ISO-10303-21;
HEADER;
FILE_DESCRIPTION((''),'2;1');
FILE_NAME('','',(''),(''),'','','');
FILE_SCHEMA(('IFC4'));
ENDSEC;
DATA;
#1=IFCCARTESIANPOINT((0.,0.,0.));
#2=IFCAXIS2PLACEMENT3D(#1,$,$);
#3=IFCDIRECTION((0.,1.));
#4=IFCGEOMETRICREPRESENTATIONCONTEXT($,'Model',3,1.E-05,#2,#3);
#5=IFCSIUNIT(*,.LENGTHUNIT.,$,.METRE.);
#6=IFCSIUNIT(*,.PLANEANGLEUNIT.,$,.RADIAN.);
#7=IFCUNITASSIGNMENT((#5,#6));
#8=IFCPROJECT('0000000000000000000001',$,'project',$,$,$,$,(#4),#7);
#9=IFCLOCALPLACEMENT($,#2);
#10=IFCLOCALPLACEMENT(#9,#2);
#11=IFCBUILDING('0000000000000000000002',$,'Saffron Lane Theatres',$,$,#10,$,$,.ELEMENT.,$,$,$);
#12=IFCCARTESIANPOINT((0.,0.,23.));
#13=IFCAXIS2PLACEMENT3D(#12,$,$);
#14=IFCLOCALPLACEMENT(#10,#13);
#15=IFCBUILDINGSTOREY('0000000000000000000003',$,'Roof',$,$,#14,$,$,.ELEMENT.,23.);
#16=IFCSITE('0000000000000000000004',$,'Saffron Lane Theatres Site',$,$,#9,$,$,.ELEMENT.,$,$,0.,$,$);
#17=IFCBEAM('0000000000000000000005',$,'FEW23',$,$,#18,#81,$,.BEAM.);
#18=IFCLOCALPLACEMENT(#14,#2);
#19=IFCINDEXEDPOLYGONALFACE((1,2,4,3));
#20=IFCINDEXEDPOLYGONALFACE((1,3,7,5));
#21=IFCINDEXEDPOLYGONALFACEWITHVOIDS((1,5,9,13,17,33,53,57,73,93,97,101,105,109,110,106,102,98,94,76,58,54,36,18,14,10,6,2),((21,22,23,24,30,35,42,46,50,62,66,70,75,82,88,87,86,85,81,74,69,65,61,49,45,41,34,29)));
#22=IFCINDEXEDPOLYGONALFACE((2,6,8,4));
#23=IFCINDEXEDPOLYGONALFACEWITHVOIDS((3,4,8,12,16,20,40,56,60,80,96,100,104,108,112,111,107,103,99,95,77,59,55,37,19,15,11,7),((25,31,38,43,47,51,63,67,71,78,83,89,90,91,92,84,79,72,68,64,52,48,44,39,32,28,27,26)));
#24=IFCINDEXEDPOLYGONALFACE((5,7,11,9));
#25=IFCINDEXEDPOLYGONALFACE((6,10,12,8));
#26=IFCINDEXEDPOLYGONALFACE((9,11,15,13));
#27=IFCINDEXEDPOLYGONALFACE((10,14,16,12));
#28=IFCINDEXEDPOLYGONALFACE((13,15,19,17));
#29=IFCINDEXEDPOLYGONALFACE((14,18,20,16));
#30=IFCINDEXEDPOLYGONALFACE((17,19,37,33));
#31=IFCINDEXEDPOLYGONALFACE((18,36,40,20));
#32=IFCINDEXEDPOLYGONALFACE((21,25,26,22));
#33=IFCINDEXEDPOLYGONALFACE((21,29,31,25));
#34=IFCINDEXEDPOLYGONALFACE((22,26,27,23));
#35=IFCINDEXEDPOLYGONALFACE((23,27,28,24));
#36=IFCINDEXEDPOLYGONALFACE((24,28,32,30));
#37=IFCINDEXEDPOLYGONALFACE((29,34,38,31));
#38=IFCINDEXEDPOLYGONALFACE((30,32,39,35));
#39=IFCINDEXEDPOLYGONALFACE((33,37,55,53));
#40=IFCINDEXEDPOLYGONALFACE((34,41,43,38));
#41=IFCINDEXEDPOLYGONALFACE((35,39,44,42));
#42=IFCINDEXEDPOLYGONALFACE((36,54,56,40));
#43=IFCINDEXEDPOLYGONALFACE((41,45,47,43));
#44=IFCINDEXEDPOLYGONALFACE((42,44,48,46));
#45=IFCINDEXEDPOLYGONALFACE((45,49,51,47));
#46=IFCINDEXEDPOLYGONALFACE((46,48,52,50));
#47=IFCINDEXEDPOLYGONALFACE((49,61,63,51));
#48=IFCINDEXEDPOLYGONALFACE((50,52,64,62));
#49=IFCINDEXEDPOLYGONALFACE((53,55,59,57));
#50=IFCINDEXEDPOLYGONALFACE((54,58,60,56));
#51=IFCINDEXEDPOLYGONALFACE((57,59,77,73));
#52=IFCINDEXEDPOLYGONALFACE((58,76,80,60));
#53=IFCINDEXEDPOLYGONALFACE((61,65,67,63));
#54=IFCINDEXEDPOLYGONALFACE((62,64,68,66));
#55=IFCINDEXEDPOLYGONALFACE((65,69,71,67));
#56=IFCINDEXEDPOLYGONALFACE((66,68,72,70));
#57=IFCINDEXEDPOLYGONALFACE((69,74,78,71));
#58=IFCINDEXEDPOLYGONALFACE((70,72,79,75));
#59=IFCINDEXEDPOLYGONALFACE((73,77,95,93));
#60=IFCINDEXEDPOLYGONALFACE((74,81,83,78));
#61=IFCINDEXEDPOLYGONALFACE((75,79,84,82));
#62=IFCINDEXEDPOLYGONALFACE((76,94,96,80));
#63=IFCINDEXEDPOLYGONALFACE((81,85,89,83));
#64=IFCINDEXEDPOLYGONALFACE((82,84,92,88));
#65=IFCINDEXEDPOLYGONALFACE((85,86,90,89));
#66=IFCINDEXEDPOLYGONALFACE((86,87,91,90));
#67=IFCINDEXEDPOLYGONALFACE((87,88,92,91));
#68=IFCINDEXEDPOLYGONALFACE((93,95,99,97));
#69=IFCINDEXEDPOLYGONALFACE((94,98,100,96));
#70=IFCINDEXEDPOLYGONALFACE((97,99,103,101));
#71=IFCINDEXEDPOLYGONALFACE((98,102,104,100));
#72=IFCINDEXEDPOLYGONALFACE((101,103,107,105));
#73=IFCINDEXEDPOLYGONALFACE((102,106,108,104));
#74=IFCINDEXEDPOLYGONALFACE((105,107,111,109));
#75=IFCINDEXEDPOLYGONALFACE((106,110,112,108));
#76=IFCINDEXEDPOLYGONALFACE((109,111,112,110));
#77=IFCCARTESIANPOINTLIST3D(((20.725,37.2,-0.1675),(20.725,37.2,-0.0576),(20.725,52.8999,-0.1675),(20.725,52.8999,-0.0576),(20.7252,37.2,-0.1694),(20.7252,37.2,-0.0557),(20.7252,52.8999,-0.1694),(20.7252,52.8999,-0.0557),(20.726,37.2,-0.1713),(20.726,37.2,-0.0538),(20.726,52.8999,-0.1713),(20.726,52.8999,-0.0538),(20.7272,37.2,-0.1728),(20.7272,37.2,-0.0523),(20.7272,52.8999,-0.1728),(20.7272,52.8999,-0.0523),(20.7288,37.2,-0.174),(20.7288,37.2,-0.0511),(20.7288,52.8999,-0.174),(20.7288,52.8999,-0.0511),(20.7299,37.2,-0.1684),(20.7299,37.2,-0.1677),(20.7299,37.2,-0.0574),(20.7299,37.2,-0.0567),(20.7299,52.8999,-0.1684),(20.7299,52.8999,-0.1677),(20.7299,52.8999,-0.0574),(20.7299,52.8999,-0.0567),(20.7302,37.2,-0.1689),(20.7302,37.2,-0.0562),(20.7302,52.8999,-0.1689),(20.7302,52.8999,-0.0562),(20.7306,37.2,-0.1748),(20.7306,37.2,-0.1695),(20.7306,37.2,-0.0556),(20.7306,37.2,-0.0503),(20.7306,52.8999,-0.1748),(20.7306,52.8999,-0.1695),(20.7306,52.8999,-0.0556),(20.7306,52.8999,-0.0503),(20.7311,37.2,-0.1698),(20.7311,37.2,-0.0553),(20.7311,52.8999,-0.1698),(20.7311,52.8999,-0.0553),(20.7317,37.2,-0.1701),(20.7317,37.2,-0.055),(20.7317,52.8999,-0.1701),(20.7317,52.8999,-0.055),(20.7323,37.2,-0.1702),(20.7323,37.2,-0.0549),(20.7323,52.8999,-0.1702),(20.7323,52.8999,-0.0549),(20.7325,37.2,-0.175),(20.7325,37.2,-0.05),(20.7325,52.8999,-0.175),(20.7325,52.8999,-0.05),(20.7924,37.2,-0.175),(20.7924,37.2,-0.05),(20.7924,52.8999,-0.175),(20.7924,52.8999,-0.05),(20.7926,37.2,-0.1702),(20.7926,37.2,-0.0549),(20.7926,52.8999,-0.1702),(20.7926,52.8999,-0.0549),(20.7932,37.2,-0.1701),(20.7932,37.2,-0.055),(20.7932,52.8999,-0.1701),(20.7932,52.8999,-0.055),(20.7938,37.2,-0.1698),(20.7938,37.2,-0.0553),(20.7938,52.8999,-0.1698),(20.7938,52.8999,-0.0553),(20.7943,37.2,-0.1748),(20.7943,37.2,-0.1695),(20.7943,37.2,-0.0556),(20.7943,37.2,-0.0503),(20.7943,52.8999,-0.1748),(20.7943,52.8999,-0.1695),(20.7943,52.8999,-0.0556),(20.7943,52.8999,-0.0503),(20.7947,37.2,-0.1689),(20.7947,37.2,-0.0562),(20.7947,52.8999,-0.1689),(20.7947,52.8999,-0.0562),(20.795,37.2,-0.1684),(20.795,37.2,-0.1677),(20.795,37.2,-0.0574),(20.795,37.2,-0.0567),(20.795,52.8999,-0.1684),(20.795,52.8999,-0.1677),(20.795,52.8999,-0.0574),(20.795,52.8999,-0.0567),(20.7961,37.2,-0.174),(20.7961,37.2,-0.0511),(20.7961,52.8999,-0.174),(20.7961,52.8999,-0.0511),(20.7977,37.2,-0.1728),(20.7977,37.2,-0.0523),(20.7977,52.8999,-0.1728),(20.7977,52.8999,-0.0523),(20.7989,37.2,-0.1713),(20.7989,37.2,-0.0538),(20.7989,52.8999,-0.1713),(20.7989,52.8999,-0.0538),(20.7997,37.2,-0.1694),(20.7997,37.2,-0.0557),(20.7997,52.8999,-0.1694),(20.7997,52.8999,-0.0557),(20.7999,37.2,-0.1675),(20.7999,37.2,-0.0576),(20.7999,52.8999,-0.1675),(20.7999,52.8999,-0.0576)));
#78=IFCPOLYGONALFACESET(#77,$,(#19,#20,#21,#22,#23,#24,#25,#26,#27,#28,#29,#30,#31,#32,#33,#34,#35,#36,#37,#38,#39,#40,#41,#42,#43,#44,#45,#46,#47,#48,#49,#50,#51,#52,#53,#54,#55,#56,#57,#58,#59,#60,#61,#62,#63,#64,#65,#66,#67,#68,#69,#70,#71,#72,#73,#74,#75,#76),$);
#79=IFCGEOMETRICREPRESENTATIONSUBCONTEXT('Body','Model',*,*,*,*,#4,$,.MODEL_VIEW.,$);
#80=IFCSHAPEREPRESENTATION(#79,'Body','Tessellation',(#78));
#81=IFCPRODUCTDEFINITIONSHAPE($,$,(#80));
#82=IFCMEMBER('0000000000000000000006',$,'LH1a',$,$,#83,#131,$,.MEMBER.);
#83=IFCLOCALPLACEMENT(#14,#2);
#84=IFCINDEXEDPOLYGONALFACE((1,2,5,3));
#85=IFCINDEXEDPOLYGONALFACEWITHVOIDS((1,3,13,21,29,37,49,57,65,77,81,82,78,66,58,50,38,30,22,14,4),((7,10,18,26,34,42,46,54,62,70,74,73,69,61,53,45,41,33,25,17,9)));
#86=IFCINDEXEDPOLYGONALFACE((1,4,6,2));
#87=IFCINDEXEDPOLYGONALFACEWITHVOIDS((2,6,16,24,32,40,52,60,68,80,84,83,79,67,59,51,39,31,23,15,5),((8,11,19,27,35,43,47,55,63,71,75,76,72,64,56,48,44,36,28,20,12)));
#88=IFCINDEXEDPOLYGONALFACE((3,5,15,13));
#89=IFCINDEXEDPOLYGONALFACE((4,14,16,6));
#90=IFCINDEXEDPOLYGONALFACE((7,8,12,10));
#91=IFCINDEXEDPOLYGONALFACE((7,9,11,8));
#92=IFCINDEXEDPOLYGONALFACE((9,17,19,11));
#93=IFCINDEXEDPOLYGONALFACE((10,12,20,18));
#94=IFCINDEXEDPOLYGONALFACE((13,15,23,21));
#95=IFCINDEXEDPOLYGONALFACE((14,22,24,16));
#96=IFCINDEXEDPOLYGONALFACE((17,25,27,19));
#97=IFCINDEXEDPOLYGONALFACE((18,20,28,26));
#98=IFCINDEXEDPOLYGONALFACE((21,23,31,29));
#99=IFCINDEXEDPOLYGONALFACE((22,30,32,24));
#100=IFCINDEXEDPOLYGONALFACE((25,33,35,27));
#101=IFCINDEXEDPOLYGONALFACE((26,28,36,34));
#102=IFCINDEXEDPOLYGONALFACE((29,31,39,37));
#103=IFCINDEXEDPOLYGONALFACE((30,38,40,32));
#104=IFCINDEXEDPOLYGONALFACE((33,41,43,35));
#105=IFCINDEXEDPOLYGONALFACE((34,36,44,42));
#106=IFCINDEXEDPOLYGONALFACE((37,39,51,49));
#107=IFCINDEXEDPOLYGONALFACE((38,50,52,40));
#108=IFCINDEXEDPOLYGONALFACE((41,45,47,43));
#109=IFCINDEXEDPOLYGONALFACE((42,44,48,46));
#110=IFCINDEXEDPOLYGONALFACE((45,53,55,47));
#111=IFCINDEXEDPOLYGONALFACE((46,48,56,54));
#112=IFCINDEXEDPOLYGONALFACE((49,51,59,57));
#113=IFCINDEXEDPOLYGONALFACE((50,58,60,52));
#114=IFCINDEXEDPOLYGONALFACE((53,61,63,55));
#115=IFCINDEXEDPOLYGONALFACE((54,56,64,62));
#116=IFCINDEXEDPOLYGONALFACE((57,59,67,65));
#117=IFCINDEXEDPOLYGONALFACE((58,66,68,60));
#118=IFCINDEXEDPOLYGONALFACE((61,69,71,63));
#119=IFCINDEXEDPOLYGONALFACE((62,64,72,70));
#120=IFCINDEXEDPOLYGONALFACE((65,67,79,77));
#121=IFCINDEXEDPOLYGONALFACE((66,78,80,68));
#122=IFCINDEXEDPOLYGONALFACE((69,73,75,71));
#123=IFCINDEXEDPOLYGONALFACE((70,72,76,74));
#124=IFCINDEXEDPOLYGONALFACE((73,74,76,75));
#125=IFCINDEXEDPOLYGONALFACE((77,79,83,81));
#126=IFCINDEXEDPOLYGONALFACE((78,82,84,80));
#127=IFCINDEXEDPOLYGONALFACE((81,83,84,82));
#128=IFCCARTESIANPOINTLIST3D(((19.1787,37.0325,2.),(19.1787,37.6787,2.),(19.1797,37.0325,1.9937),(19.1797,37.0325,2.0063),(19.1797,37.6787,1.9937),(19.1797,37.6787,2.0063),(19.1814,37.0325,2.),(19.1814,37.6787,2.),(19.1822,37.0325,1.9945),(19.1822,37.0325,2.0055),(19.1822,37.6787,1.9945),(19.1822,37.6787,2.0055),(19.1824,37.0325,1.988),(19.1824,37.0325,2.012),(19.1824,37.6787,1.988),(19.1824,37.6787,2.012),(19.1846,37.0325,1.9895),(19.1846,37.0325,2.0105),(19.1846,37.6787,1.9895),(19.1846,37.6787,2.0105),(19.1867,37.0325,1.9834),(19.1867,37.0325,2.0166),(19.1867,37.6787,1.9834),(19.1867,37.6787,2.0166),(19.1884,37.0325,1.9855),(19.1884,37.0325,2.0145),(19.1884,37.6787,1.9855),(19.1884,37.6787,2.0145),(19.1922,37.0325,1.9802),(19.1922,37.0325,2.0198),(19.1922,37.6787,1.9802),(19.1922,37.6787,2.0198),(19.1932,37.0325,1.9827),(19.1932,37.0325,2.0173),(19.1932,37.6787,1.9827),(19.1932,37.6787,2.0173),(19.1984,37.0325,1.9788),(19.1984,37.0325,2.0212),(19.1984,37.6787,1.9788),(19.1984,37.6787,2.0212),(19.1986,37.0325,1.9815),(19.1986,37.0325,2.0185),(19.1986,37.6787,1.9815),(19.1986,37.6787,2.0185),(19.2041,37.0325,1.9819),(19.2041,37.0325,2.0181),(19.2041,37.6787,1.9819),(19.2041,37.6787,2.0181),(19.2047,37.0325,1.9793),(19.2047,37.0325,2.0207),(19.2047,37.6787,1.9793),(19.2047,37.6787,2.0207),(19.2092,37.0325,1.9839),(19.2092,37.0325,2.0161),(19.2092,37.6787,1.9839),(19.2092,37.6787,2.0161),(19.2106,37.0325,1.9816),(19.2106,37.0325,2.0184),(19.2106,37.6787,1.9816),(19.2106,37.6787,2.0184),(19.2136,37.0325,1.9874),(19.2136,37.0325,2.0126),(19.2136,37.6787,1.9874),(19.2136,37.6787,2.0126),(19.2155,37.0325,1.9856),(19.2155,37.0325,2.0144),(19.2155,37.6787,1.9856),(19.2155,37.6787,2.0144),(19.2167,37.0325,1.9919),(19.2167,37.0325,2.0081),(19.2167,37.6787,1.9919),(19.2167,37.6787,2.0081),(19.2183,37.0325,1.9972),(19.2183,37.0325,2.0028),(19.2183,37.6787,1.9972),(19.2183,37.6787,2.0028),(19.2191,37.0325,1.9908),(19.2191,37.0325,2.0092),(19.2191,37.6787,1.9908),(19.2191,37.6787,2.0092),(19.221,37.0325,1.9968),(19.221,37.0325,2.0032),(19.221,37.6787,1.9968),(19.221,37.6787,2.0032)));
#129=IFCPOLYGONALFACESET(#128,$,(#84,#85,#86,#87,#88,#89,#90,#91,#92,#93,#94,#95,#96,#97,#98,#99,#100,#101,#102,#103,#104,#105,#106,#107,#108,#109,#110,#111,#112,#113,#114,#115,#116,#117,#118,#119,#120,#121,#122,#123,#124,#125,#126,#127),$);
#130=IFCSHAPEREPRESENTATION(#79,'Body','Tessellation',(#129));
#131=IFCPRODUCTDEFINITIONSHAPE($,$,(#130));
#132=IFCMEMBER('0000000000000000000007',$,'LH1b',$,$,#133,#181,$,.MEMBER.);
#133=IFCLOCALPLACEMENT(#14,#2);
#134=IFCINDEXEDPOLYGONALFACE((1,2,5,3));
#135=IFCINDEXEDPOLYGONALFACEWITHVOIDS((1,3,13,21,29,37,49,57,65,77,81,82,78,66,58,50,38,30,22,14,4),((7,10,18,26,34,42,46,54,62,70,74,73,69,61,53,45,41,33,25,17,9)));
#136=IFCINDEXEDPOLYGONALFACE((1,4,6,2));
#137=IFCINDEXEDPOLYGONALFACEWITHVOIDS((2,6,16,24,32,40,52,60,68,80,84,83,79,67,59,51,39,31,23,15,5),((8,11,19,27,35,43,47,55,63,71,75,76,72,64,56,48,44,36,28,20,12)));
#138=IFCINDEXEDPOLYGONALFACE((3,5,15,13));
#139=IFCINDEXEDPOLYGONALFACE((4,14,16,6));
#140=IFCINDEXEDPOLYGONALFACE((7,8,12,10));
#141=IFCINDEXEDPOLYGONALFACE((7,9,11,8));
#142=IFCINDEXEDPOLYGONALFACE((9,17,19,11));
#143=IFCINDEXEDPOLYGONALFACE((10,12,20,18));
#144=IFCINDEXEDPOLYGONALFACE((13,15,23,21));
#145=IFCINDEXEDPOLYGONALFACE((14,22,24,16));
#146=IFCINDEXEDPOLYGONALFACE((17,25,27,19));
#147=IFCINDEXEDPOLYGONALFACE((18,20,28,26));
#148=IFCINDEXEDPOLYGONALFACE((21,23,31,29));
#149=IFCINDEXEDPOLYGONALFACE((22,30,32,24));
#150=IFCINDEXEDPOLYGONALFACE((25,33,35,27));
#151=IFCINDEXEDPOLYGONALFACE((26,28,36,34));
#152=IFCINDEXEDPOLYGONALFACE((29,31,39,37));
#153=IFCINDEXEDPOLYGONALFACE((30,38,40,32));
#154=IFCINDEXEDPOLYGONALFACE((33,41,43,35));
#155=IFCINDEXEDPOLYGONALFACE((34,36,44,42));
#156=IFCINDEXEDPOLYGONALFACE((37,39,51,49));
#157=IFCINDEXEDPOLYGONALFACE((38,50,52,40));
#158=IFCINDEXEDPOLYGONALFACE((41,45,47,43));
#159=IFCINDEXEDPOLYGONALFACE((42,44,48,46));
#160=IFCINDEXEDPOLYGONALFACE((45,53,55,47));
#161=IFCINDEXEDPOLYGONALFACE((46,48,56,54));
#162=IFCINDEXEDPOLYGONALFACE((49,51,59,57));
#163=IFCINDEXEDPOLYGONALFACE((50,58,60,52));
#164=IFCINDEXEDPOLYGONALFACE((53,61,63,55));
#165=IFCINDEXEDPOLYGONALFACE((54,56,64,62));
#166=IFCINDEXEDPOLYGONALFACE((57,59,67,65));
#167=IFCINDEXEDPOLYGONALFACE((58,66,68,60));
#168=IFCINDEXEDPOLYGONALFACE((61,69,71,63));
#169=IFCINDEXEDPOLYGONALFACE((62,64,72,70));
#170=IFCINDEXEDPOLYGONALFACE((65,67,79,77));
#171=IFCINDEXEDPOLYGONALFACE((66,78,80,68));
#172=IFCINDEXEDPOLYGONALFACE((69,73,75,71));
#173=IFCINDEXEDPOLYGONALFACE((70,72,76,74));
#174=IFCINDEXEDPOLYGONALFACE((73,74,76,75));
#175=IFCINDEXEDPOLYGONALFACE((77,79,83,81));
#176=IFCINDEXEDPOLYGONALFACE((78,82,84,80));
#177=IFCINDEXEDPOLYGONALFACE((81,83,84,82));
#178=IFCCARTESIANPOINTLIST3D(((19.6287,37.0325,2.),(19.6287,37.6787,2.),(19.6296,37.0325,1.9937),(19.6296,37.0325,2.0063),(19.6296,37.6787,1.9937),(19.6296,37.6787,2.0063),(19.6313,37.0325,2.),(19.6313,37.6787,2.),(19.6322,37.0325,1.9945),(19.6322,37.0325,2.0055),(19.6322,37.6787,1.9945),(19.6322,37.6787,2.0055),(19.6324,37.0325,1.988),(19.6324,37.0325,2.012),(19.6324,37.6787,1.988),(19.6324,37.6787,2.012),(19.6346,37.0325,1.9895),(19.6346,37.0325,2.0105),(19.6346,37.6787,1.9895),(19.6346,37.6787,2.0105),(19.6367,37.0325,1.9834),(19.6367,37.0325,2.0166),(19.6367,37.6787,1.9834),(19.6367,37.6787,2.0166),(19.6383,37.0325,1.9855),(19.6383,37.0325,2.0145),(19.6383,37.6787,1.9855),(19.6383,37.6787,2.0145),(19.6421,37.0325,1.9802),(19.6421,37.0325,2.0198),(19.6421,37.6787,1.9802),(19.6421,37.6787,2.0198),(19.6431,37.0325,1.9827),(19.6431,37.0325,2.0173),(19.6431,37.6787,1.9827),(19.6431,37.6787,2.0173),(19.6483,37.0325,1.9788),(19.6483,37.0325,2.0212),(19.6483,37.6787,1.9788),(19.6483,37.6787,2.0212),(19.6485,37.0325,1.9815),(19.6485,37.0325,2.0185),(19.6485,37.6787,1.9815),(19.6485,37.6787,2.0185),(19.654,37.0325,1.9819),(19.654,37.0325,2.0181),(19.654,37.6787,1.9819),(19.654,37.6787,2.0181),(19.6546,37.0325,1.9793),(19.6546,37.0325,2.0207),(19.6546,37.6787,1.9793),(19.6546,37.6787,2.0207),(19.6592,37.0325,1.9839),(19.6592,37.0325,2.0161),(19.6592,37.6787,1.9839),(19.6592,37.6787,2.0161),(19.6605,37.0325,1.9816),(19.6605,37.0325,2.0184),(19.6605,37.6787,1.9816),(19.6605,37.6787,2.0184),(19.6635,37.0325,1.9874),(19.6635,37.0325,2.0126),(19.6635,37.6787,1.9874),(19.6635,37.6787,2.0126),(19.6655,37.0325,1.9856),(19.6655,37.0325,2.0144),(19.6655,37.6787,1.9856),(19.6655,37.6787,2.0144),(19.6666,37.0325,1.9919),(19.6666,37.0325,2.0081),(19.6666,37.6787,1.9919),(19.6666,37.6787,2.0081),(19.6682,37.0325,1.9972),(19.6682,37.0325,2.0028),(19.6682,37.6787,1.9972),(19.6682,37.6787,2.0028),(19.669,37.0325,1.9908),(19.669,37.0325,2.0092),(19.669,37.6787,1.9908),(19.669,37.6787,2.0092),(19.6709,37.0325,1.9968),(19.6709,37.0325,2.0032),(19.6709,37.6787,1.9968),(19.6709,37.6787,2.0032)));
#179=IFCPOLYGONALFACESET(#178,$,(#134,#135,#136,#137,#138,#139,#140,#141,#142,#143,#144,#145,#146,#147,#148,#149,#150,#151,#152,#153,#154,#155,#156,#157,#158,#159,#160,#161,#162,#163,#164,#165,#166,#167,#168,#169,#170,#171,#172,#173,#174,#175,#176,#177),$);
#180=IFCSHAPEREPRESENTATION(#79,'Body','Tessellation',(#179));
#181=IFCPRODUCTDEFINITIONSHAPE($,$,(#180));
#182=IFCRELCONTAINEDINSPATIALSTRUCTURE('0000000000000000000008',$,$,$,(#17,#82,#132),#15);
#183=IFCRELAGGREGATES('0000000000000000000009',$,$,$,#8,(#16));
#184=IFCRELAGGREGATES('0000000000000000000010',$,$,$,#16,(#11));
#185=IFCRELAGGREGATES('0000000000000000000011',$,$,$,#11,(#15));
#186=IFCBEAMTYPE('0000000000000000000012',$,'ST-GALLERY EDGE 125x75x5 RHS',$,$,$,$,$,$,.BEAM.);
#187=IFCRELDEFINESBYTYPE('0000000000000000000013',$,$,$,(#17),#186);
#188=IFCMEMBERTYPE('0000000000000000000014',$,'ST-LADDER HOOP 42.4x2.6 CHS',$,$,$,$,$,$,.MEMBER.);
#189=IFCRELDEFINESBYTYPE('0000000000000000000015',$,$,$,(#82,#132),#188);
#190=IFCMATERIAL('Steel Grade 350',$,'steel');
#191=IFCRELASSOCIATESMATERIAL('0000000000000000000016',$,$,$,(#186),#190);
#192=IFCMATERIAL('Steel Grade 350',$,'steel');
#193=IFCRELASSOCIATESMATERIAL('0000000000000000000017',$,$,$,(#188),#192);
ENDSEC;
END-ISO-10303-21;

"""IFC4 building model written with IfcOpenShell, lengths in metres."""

from ifc_helpers import new_model, si_unit, direction, frame, origin, origin_2d, place, context, subcontext, project, spatial, hollow_rectangle, hollow_circle, extrude, material, material_profile, profile_set, type_object, element, save


model = new_model("IFC4")

# Units and contexts
model_context = context("Model", 3, precision=1e-05, world=origin(), true_north=direction((0.0, 1.0)))
body_context = subcontext(model_context, "Body", "Model", "MODEL_VIEW")
ifc_project = project(units=[si_unit("LENGTHUNIT", "METRE"), si_unit("PLANEANGLEUNIT", "RADIAN")], contexts=[model_context])

# Site, building, storey
site_placement = place(None, origin())
site = spatial("IfcSite", under=ifc_project, at=site_placement, Name="Saffron Lane Theatres Site", CompositionType="ELEMENT", RefElevation=0.0)
building_placement = place(site_placement, origin())
building = spatial("IfcBuilding", under=site, at=building_placement, Name="Saffron Lane Theatres", CompositionType="ELEMENT")
storey_placement = place(building_placement, frame((0.0, 0.0, 23.0)))
storey = spatial("IfcBuildingStorey", under=building, at=storey_placement, Name="Roof", CompositionType="ELEMENT", Elevation=23.0)

# Beam
ifc_material_1 = material(Name="Steel Grade 350", Category="steel")
ifc_material_profile_1 = material_profile(ifc_material_1, hollow_rectangle(XDim=0.075, YDim=0.125, WallThickness=0.0049, InnerFilletRadius=0.0024, OuterFilletRadius=0.0076, at=origin_2d()))
ifc_profile_set_1 = profile_set([ifc_material_profile_1], Name="Steel Grade 350")
beam_type_1 = type_object("IfcBeamType", Name="ST-GALLERY EDGE 125x75x5 RHS", PredefinedType="BEAM", material=ifc_profile_set_1)
beam_1_placement = place(storey_placement, frame((20.7625, 37.2, -0.1125), z_axis=(0.0, 1.0, 0.0), x_axis=(-1.0, 0.0, 0.0)))
element("IfcBeam", 1, at=beam_1_placement, inside=storey, type_object=beam_type_1, Name="FEW23", PredefinedType="BEAM", context=body_context, shape_type="SweptSolid", body=[
    extrude(hollow_rectangle(XDim=0.075, YDim=0.125, WallThickness=0.0049, InnerFilletRadius=0.0024, OuterFilletRadius=0.0076, at=origin_2d()), origin(), (0.0, 0.0, 1.0), 15.7),
])

# Members
ifc_material_2 = material(Name="Steel Grade 350", Category="steel")
ifc_material_profile_2 = material_profile(ifc_material_2, hollow_circle(Radius=0.0212, WallThickness=0.0027, at=origin_2d()))
ifc_profile_set_2 = profile_set([ifc_material_profile_2], Name="Steel Grade 350")
member_type_1 = type_object("IfcMemberType", Name="ST-LADDER HOOP 42.4x2.6 CHS", PredefinedType="MEMBER", material=ifc_profile_set_2)
for number, where, z_axis, x_axis, name in (
    (2, (19.2, 37.0325, 2.0), (0.0, 1.0, 0.0), (-1.0, 0.0, 0.0), "LH1a"),
    (3, (19.6499, 37.0325, 2.0), (0.0, 1.0, 0.0), (-1.0, 0.0, 0.0), "LH1b"),
):
    element("IfcMember", number, at=place(storey_placement, frame(where, z_axis=z_axis, x_axis=x_axis)), inside=storey, type_object=member_type_1, Name=name, PredefinedType="MEMBER", context=body_context, shape_type="SweptSolid", body=[
        extrude(hollow_circle(Radius=0.0212, WallThickness=0.0027, at=origin_2d()), origin(), (0.0, 0.0, 1.0), 0.6462),
    ])

save(model, "model.ifc")
